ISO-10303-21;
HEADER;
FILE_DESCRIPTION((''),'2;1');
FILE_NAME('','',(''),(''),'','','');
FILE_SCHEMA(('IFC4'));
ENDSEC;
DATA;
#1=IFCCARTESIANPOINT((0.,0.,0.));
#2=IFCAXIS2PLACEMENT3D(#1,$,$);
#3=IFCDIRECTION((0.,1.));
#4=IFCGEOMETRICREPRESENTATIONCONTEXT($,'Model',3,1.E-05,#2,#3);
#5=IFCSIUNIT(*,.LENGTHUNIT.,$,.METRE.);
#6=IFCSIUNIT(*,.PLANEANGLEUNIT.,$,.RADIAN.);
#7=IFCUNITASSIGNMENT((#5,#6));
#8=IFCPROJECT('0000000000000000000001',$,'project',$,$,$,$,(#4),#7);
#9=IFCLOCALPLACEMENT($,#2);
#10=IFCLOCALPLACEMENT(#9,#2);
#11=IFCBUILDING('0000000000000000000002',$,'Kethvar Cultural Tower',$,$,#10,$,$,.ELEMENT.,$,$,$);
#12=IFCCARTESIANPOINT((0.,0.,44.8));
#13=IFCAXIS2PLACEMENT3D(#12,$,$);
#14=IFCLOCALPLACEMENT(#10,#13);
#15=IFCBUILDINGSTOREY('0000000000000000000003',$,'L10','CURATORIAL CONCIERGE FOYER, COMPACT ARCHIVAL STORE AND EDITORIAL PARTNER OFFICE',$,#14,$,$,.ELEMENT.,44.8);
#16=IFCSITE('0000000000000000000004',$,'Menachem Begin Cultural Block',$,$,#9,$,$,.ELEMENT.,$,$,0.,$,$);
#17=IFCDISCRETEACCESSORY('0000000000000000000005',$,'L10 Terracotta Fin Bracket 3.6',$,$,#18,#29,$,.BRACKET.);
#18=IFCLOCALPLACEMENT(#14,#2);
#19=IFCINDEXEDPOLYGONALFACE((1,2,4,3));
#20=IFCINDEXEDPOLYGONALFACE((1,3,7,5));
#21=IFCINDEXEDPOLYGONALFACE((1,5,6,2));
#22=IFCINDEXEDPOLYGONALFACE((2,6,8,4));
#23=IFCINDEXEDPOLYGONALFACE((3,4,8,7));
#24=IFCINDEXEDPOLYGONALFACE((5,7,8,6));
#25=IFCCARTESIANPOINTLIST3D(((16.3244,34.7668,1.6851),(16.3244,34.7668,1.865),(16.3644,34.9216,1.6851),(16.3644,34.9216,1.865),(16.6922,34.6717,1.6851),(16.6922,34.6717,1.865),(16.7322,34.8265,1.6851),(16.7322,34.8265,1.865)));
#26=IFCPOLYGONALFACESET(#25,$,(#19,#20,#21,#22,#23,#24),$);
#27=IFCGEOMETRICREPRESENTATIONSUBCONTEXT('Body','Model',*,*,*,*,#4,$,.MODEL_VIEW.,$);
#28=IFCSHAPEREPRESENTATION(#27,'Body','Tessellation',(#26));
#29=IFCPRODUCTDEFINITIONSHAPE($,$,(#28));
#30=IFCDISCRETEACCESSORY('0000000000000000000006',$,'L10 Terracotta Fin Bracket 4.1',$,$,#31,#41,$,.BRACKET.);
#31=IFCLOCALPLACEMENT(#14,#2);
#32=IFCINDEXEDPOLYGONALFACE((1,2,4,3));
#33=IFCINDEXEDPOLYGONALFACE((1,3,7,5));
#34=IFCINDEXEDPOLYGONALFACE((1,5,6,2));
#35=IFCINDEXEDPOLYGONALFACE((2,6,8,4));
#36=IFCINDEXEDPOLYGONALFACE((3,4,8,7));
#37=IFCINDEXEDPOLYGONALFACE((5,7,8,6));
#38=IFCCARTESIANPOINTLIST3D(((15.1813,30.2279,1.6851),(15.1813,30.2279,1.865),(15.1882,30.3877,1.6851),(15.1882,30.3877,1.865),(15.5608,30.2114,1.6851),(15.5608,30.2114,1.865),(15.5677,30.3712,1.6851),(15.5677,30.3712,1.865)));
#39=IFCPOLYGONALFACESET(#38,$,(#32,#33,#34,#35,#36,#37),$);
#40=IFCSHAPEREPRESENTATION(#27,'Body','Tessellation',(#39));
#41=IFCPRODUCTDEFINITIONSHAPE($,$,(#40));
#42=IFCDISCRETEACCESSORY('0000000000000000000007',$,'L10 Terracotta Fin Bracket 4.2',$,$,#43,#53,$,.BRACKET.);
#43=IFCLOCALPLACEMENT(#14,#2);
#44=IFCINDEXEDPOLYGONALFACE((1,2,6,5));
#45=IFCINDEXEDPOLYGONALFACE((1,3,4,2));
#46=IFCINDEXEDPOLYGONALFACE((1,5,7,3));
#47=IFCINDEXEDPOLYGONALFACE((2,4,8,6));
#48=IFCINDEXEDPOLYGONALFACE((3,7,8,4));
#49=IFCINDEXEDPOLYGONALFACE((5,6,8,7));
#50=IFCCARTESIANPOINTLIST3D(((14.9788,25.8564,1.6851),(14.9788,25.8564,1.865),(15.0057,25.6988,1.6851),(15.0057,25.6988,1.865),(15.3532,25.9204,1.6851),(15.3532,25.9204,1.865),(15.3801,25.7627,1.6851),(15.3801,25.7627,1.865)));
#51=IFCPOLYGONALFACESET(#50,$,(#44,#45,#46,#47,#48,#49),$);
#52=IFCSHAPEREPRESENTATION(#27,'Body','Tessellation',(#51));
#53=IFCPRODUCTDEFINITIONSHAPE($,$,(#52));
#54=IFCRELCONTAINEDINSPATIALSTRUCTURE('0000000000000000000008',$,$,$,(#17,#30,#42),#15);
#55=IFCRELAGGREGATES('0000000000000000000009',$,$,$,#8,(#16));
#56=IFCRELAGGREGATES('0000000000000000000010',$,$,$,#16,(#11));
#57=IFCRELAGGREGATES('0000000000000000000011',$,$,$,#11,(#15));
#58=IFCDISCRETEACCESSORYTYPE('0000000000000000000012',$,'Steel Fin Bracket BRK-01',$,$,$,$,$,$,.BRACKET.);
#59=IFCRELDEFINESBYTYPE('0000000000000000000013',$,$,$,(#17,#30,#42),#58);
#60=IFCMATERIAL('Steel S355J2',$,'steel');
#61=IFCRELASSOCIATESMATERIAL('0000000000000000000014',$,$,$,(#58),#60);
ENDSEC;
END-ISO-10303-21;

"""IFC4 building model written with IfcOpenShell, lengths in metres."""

from ifc_helpers import new_model, si_unit, direction, frame, origin, origin_2d, place, context, subcontext, project, spatial, rectangle, extrude, source, transform, mapped, material, type_object, element, save


model = new_model("IFC4")

# Units and contexts
model_context = context("Model", 3, precision=1e-05, world=origin(), true_north=direction((0.0, 1.0)))
body_context = subcontext(model_context, "Body", "Model", "MODEL_VIEW")
ifc_project = project(units=[si_unit("LENGTHUNIT", "METRE"), si_unit("PLANEANGLEUNIT", "RADIAN")], contexts=[model_context])

# Site, building, storey
site_placement = place(None, origin())
site = spatial("IfcSite", under=ifc_project, at=site_placement, Name="Menachem Begin Cultural Block", CompositionType="ELEMENT", RefElevation=0.0)
building_placement = place(site_placement, origin())
building = spatial("IfcBuilding", under=site, at=building_placement, Name="Kethvar Cultural Tower", CompositionType="ELEMENT")
storey_placement = place(building_placement, frame((0.0, 0.0, 44.8)))
storey = spatial("IfcBuildingStorey", under=building, at=storey_placement, Name="L10", Description="CURATORIAL CONCIERGE FOYER, COMPACT ARCHIVAL STORE AND EDITORIAL PARTNER OFFICE", CompositionType="ELEMENT", Elevation=44.8)

# Shared definitions
ifc_material_1 = material(Name="Steel S355J2", Category="steel")

# Discrete accessories
discrete_accessory_type = type_object("IfcDiscreteAccessoryType", Name="Steel Fin Bracket BRK-01", PredefinedType="BRACKET", material=ifc_material_1)
shared_shape_1 = source(origin(), body_context, "Body", "SweptSolid", [
    extrude(rectangle(XDim=0.3799, YDim=0.1599, at=origin_2d()), origin(), (0.0, 0.0, 1.0), 0.1799),
])
for number, where, z_axis, x_axis, name in (
    (1, (16.5283, 34.7966, 1.6851), (0.0, 0.0, 1.0), (-0.968148, 0.25038, 0.0), "L10 Terracotta Fin Bracket 3.6"),
    (2, (15.3745, 30.2996, 1.6851), (0.0, 0.0, 1.0), (-0.999056, 0.043445, 0.0), "L10 Terracotta Fin Bracket 4.1"),
    (3, (15.1794, 25.8096, 1.6851), (0.0, 0.0, 1.0), (-0.985733, -0.168317, 0.0), "L10 Terracotta Fin Bracket 4.2"),
):
    element("IfcDiscreteAccessory", number, at=place(storey_placement, frame(where, z_axis=z_axis, x_axis=x_axis)), inside=storey, type_object=discrete_accessory_type, Name=name, PredefinedType="BRACKET", context=body_context, shape_type="MappedRepresentation", body=[
        mapped(shared_shape_1, transform((0.0, 0.0, 0.0), scale=1.0)),
    ])

save(model, "model.ifc")
